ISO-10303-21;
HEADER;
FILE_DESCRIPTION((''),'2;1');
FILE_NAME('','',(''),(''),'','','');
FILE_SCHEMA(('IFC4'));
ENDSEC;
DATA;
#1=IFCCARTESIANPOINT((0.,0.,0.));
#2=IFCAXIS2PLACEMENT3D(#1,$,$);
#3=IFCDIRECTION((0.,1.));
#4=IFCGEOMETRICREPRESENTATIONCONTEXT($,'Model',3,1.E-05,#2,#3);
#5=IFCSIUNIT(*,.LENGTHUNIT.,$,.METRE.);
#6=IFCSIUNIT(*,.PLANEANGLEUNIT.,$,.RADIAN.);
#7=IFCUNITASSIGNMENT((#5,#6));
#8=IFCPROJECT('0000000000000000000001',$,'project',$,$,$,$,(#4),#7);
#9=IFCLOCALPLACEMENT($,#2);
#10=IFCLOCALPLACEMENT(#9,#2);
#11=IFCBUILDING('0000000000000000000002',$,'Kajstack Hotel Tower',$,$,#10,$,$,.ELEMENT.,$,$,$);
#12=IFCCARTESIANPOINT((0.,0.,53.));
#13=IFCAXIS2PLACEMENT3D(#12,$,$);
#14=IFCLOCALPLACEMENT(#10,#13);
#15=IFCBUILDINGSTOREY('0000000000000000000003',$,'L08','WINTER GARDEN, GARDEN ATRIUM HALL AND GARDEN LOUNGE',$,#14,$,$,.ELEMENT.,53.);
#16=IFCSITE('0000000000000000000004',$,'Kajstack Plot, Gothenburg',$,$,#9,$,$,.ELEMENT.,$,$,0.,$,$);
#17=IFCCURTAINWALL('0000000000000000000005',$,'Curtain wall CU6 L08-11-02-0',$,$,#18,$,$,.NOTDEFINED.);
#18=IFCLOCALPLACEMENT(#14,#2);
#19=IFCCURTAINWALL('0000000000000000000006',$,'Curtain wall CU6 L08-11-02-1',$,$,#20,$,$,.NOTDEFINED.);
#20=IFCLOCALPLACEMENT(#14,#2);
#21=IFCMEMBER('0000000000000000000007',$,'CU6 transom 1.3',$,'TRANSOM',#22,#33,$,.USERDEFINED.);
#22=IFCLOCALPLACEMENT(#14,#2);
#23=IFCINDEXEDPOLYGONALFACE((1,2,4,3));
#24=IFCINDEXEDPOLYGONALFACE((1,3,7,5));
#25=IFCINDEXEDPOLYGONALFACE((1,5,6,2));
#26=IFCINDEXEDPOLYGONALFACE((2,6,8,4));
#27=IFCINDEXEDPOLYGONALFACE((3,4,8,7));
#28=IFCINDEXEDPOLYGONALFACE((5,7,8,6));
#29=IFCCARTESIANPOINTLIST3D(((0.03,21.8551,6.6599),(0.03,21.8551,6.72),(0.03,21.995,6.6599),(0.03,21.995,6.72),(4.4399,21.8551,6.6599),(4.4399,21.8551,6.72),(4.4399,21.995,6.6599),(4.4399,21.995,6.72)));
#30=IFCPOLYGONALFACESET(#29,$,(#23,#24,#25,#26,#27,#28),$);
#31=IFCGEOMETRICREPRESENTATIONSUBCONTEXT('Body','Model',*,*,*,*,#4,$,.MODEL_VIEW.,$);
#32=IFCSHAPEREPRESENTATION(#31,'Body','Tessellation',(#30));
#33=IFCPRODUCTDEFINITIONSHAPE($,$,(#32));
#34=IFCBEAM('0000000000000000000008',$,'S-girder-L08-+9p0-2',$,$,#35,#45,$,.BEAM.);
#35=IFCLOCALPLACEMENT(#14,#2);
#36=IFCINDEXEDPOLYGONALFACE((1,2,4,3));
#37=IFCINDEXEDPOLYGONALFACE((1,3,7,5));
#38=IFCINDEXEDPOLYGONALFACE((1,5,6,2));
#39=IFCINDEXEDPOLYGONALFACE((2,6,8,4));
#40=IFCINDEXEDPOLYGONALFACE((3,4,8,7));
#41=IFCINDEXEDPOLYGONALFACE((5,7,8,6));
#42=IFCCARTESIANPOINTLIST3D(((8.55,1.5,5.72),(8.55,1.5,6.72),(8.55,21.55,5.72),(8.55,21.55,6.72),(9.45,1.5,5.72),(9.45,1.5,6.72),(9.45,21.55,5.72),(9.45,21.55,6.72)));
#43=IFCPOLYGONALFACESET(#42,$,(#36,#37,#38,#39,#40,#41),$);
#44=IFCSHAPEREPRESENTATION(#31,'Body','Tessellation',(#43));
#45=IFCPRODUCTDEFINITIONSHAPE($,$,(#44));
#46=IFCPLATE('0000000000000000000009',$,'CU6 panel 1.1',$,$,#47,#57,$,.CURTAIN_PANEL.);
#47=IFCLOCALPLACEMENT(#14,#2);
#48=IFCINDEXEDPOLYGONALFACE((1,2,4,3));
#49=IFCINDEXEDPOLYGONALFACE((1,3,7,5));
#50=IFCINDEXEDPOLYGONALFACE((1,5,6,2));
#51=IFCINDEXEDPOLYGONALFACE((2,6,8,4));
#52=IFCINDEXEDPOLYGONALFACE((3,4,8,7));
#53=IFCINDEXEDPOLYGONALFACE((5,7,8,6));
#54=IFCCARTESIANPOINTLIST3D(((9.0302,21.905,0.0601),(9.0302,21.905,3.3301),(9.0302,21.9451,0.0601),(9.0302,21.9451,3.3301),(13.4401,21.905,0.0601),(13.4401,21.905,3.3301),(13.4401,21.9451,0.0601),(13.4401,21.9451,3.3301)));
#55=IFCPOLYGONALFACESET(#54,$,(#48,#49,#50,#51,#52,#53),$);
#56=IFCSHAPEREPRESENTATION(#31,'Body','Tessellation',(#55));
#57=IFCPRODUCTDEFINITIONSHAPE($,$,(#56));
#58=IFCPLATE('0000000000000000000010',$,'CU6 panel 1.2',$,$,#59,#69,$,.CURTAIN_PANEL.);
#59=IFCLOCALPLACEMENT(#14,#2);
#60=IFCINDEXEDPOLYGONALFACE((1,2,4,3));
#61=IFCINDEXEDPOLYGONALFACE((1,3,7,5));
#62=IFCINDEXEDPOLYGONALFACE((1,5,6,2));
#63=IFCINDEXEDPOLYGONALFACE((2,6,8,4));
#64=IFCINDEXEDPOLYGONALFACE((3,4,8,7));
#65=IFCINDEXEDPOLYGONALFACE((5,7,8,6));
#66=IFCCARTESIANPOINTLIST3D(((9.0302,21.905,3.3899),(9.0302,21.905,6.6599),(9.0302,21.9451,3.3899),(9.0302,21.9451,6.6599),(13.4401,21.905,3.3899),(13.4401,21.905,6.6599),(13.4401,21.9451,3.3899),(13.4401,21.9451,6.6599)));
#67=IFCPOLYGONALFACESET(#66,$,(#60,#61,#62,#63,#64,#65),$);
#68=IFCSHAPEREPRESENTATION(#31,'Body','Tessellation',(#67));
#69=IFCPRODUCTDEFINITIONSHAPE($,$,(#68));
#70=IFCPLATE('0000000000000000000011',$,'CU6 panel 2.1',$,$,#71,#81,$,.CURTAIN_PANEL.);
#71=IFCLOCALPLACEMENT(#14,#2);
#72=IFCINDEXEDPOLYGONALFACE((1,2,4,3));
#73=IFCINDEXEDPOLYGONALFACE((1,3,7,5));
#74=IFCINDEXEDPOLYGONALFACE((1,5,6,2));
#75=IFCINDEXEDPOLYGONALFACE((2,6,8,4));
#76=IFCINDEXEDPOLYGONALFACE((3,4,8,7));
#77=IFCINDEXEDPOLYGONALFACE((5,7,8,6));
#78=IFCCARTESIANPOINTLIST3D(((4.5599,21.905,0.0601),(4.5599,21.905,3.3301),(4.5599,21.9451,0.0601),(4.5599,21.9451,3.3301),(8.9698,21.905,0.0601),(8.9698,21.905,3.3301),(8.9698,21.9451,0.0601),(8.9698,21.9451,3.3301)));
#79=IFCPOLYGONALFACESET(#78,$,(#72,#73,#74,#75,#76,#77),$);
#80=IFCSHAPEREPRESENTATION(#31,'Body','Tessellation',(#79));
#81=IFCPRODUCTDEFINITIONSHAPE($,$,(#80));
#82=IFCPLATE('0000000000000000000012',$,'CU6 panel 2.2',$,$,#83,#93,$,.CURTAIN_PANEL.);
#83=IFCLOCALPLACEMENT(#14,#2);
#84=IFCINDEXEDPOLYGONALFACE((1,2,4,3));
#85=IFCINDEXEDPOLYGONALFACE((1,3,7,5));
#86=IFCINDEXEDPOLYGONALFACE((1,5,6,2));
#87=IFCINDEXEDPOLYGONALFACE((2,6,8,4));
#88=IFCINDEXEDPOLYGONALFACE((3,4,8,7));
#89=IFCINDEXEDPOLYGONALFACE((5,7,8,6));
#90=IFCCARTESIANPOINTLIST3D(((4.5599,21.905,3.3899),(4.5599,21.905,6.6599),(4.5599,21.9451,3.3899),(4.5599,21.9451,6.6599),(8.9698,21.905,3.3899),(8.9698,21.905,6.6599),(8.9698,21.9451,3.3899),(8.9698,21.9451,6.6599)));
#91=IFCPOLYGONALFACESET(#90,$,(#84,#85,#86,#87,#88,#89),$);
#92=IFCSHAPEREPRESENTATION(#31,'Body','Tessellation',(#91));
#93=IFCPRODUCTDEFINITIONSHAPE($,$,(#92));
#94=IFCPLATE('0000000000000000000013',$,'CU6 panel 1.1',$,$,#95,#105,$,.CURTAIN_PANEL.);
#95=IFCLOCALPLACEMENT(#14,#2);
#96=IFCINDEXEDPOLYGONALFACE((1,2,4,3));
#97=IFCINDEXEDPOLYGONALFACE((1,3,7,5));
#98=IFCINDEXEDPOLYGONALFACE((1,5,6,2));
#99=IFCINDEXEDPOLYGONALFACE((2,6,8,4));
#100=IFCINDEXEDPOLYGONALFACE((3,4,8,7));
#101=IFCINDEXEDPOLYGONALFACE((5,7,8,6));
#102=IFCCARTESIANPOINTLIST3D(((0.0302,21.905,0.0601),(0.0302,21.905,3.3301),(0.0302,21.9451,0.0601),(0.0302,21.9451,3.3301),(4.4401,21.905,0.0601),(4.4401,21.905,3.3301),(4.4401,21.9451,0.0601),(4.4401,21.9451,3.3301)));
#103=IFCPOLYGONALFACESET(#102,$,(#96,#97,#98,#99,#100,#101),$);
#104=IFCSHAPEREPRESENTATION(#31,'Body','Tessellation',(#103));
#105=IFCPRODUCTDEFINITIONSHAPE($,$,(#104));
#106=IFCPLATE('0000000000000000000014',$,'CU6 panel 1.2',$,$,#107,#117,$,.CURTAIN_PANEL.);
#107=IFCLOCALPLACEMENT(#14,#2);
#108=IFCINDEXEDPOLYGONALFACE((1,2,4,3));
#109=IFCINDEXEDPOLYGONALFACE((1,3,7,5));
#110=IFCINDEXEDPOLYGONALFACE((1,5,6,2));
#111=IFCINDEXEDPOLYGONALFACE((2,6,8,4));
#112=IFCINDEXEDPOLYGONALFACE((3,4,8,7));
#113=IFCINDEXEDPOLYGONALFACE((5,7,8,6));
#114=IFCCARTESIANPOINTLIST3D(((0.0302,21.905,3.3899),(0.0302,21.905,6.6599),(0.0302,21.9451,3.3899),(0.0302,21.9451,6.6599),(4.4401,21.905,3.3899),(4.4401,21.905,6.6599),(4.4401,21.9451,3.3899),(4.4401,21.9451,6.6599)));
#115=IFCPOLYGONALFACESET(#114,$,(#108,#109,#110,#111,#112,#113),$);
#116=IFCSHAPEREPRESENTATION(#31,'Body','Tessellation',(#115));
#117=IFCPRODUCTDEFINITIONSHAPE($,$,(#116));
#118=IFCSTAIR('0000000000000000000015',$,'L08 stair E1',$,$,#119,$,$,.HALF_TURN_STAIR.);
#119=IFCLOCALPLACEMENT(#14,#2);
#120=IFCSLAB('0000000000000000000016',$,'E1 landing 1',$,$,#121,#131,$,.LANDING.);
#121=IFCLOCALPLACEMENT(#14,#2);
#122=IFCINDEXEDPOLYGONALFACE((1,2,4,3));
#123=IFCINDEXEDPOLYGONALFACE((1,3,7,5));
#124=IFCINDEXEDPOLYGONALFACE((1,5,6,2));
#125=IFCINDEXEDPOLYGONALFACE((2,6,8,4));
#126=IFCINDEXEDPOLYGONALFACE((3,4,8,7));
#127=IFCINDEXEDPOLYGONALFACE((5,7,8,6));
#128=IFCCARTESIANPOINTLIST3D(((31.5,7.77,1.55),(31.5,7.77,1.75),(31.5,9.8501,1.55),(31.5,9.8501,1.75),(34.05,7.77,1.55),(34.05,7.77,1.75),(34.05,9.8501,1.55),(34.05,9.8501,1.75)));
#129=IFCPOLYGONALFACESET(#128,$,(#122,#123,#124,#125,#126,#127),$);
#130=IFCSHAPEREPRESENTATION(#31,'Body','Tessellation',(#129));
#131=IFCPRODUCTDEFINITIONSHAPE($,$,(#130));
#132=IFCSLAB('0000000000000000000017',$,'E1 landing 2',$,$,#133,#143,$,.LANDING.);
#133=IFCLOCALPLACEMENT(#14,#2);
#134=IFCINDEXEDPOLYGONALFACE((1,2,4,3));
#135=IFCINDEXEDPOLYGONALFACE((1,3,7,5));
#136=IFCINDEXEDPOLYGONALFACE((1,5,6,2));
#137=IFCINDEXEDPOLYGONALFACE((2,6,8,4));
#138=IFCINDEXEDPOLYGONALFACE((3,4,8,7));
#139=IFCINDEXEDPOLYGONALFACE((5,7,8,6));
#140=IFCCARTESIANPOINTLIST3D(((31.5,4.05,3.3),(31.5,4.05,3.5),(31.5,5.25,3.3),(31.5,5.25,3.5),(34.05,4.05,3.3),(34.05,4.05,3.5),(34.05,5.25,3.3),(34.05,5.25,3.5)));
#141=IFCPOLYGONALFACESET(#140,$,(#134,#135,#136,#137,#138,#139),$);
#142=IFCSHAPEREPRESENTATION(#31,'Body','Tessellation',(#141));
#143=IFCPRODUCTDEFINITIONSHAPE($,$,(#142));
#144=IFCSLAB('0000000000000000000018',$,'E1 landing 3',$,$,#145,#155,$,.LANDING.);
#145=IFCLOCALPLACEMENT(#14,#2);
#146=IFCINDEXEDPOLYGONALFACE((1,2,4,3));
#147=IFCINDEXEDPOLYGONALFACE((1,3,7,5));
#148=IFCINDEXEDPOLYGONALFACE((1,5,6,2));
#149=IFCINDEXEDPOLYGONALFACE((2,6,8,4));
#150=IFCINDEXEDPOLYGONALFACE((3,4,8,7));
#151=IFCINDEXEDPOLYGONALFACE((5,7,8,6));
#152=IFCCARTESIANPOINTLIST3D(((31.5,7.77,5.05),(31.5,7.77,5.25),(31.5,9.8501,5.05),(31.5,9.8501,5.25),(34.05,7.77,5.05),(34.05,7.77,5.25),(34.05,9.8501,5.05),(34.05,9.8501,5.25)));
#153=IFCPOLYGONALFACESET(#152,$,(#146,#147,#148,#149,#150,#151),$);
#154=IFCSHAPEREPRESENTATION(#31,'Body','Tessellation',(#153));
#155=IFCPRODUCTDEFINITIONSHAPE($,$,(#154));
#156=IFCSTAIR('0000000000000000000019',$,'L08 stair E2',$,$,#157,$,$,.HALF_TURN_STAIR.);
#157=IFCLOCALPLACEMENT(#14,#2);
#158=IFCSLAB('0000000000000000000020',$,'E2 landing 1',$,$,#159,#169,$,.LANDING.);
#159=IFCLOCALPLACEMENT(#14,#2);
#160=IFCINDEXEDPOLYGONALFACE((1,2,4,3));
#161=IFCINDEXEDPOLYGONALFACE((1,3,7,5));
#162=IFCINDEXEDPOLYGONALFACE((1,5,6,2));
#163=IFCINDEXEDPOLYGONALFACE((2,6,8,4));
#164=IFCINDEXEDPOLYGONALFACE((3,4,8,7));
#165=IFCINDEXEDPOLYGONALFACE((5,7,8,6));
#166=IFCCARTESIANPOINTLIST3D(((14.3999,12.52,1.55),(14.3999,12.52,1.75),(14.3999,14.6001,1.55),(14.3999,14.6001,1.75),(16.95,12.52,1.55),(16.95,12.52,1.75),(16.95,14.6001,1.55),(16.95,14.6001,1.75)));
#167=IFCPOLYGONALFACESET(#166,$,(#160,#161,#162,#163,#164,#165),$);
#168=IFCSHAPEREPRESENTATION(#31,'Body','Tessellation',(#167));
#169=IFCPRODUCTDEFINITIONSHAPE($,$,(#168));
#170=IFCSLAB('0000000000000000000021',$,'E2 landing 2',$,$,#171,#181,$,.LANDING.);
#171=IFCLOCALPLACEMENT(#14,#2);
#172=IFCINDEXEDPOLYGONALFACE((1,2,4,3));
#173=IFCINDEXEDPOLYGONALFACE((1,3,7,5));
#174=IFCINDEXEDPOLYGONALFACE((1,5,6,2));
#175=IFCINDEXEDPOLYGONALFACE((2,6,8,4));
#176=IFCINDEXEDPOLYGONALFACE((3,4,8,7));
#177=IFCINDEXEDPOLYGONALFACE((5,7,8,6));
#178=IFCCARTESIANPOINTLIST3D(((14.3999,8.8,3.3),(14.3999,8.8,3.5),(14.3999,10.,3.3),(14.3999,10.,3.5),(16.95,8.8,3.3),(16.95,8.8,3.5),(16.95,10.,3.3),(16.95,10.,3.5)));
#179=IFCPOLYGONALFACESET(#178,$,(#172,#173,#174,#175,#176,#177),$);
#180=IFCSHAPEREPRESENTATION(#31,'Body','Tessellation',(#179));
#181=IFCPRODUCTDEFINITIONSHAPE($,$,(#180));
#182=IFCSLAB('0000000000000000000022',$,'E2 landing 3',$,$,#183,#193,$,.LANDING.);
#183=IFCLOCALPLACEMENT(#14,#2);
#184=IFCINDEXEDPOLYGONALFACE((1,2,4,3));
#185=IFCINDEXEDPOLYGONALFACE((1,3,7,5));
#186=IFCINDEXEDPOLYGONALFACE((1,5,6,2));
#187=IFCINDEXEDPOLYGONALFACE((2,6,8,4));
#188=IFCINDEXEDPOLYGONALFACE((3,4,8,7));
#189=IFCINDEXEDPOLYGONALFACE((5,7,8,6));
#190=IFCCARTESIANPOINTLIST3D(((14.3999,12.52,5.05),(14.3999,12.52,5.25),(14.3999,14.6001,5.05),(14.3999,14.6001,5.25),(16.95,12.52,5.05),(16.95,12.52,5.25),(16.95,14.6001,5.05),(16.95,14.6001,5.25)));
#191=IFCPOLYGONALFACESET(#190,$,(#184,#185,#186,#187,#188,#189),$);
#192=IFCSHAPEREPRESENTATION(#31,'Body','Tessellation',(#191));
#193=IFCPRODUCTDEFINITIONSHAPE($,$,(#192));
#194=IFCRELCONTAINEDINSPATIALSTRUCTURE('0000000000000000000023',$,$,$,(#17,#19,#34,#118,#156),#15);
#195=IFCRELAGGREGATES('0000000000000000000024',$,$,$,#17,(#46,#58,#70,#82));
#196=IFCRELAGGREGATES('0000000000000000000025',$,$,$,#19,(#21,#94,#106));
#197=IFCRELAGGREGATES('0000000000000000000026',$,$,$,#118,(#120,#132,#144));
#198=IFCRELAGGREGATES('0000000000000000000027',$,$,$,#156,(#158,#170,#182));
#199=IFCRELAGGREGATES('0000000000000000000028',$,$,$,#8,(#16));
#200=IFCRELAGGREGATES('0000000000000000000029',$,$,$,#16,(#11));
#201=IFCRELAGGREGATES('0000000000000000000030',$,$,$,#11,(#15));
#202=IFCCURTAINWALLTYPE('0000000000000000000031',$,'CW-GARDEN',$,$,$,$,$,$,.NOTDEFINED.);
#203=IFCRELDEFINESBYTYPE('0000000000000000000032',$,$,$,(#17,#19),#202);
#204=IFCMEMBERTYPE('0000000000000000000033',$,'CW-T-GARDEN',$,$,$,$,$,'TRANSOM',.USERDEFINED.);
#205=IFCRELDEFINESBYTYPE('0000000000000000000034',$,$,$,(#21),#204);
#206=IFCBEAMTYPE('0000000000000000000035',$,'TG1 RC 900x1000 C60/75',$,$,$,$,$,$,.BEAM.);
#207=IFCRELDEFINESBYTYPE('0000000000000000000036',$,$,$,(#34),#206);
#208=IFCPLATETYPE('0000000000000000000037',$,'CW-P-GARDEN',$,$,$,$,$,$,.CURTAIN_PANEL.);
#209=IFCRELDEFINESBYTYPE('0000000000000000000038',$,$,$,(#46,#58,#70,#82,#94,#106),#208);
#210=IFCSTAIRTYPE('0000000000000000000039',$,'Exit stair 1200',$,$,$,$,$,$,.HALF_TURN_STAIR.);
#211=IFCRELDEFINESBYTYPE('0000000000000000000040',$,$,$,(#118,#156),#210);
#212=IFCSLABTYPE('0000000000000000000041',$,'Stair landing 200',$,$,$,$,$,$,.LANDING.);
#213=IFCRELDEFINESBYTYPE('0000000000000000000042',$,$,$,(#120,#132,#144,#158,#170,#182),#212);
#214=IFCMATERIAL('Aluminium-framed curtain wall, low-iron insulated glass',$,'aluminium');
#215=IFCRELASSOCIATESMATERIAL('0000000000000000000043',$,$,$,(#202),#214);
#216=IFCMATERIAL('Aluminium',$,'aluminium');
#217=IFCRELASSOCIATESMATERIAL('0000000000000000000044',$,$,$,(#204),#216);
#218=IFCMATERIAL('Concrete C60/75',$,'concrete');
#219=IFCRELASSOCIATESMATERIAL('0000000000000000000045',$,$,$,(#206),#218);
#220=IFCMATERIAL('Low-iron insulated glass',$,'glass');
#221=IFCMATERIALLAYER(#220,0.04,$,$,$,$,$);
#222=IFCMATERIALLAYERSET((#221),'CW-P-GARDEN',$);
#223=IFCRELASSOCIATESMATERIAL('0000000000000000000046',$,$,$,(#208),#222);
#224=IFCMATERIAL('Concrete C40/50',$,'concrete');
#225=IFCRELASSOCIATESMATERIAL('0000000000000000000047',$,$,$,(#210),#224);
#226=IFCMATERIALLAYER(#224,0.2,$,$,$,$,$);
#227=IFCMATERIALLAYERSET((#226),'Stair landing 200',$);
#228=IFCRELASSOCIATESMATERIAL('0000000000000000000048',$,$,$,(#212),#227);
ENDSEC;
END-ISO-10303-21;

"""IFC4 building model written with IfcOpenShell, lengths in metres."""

from ifc_helpers import new_model, si_unit, direction, frame, origin, origin_2d, place, context, subcontext, project, spatial, polyline, rectangle, outline, extrude, material, layer, layer_set, material_profile, profile_set, type_object, element, aggregate, save


model = new_model("IFC4")

# Units and contexts
model_context = context("Model", 3, precision=1e-05, world=origin(), true_north=direction((0.0, 1.0)))
body_context = subcontext(model_context, "Body", "Model", "MODEL_VIEW")
ifc_project = project(units=[si_unit("LENGTHUNIT", "METRE"), si_unit("PLANEANGLEUNIT", "RADIAN")], contexts=[model_context])

# Site, building, storey
site_placement = place(None, origin())
site = spatial("IfcSite", under=ifc_project, at=site_placement, Name="Kajstack Plot, Gothenburg", CompositionType="ELEMENT", RefElevation=0.0)
building_placement = place(site_placement, origin())
building = spatial("IfcBuilding", under=site, at=building_placement, Name="Kajstack Hotel Tower", CompositionType="ELEMENT")
storey_placement = place(building_placement, frame((0.0, 0.0, 53.0)))
storey = spatial("IfcBuildingStorey", under=building, at=storey_placement, Name="L08", Description="WINTER GARDEN, GARDEN ATRIUM HALL AND GARDEN LOUNGE", CompositionType="ELEMENT", Elevation=53.0)

# Shared definitions
ifc_material_1 = material(Name="Concrete C60/75", Category="concrete")

# Curtain wall
ifc_material_2 = material(Name="Aluminium-framed curtain wall, low-iron insulated glass", Category="aluminium")
curtain_wall_type = type_object("IfcCurtainWallType", Name="CW-GARDEN", PredefinedType="NOTDEFINED", material=ifc_material_2)
curtain_wall_1_placement = place(storey_placement, origin())
curtain_wall_1 = element("IfcCurtainWall", 1, at=curtain_wall_1_placement, inside=storey, type_object=curtain_wall_type, Name="Curtain wall CU6 L08-11-02-0", PredefinedType="NOTDEFINED")
ifc_material_3 = material(Name="Aluminium", Category="aluminium")

# Curtain wall
curtain_wall_2_placement = place(storey_placement, origin())
curtain_wall_2 = element("IfcCurtainWall", 2, at=curtain_wall_2_placement, inside=storey, type_object=curtain_wall_type, Name="Curtain wall CU6 L08-11-02-1", PredefinedType="NOTDEFINED")

# Member
ifc_material_profile_1 = material_profile(ifc_material_3, rectangle(XDim=0.1399, YDim=0.0601, at=origin_2d()), Name="Aluminium transom 140 x 60")
ifc_profile_set_1 = profile_set([ifc_material_profile_1], Name="Aluminium")
member_type_1 = type_object("IfcMemberType", Name="CW-T-GARDEN", ElementType="TRANSOM", PredefinedType="USERDEFINED", material=ifc_profile_set_1)
member_1_placement = place(storey_placement, frame((4.4399, 21.925, 6.6899), z_axis=(-1.0, 0.0, 0.0), x_axis=(0.0, -1.0, 0.0)))
member_1 = element("IfcMember", 3, at=member_1_placement, type_object=member_type_1, Name="CU6 transom 1.3", ObjectType="TRANSOM", PredefinedType="USERDEFINED", context=body_context, shape_type="SweptSolid", body=[
    extrude(rectangle(XDim=0.1399, YDim=0.0601, at=origin_2d()), origin(), (0.0, 0.0, 1.0), 4.4099),
])

# Beam
ifc_material_profile_2 = material_profile(ifc_material_1, rectangle(XDim=0.8999, YDim=1.0, at=origin_2d()), Name="RC 900x1000")
ifc_profile_set_2 = profile_set([ifc_material_profile_2], Name="Concrete C60/75")
beam_type = type_object("IfcBeamType", Name="TG1 RC 900x1000 C60/75", PredefinedType="BEAM", material=ifc_profile_set_2)
beam_placement = place(storey_placement, frame((9.0, 1.5, 6.22), z_axis=(0.0, 1.0, 0.0), x_axis=(-1.0, 0.0, 0.0)))
element("IfcBeam", 4, at=beam_placement, inside=storey, type_object=beam_type, Name="S-girder-L08-+9p0-2", PredefinedType="BEAM", context=body_context, shape_type="SweptSolid", body=[
    extrude(rectangle(XDim=0.8999, YDim=1.0, at=origin_2d()), origin(), (0.0, 0.0, 1.0), 20.05),
])

# Plates
ifc_material_4 = material(Name="Low-iron insulated glass", Category="glass")
ifc_layer_1 = layer(ifc_material_4, 0.04)
ifc_layer_set_1 = layer_set([ifc_layer_1], Name="CW-P-GARDEN")
plate_type = type_object("IfcPlateType", Name="CW-P-GARDEN", PredefinedType="CURTAIN_PANEL", material=ifc_layer_set_1)
plate_1_placement = place(storey_placement, frame((11.2351, 21.925, 0.0601), z_axis=(0.0, 0.0, 1.0), x_axis=(-1.0, 0.0, 0.0)))
plate_1 = element("IfcPlate", 5, at=plate_1_placement, type_object=plate_type, Name="CU6 panel 1.1", PredefinedType="CURTAIN_PANEL", context=body_context, shape_type="SweptSolid", body=[
    extrude(rectangle(XDim=4.4099, YDim=0.04, at=origin_2d()), origin(), (0.0, 0.0, 1.0), 3.27),
])
plate_2_placement = place(storey_placement, frame((11.2351, 21.925, 3.3899), z_axis=(0.0, 0.0, 1.0), x_axis=(-1.0, 0.0, 0.0)))
plate_2 = element("IfcPlate", 6, at=plate_2_placement, type_object=plate_type, Name="CU6 panel 1.2", PredefinedType="CURTAIN_PANEL", context=body_context, shape_type="SweptSolid", body=[
    extrude(rectangle(XDim=4.4099, YDim=0.04, at=origin_2d()), origin(), (0.0, 0.0, 1.0), 3.27),
])
plate_3_placement = place(storey_placement, frame((6.7649, 21.925, 0.0601), z_axis=(0.0, 0.0, 1.0), x_axis=(-1.0, 0.0, 0.0)))
plate_3 = element("IfcPlate", 7, at=plate_3_placement, type_object=plate_type, Name="CU6 panel 2.1", PredefinedType="CURTAIN_PANEL", context=body_context, shape_type="SweptSolid", body=[
    extrude(rectangle(XDim=4.4099, YDim=0.04, at=origin_2d()), origin(), (0.0, 0.0, 1.0), 3.27),
])
plate_4_placement = place(storey_placement, frame((6.7649, 21.925, 3.3899), z_axis=(0.0, 0.0, 1.0), x_axis=(-1.0, 0.0, 0.0)))
plate_4 = element("IfcPlate", 8, at=plate_4_placement, type_object=plate_type, Name="CU6 panel 2.2", PredefinedType="CURTAIN_PANEL", context=body_context, shape_type="SweptSolid", body=[
    extrude(rectangle(XDim=4.4099, YDim=0.04, at=origin_2d()), origin(), (0.0, 0.0, 1.0), 3.27),
])
aggregate(curtain_wall_1, [plate_1, plate_2, plate_3, plate_4])
plate_5_placement = place(storey_placement, frame((2.2351, 21.925, 0.0601), z_axis=(0.0, 0.0, 1.0), x_axis=(-1.0, 0.0, 0.0)))
plate_5 = element("IfcPlate", 9, at=plate_5_placement, type_object=plate_type, Name="CU6 panel 1.1", PredefinedType="CURTAIN_PANEL", context=body_context, shape_type="SweptSolid", body=[
    extrude(rectangle(XDim=4.4099, YDim=0.04, at=origin_2d()), origin(), (0.0, 0.0, 1.0), 3.27),
])
plate_6_placement = place(storey_placement, frame((2.2351, 21.925, 3.3899), z_axis=(0.0, 0.0, 1.0), x_axis=(-1.0, 0.0, 0.0)))
plate_6 = element("IfcPlate", 10, at=plate_6_placement, type_object=plate_type, Name="CU6 panel 1.2", PredefinedType="CURTAIN_PANEL", context=body_context, shape_type="SweptSolid", body=[
    extrude(rectangle(XDim=4.4099, YDim=0.04, at=origin_2d()), origin(), (0.0, 0.0, 1.0), 3.27),
])
aggregate(curtain_wall_2, [member_1, plate_5, plate_6])

# Stairs, slabs
ifc_material_5 = material(Name="Concrete C40/50", Category="concrete")
stair_type_1 = type_object("IfcStairType", Name="Exit stair 1200", PredefinedType="HALF_TURN_STAIR", material=ifc_material_5)
stair_1_placement = place(storey_placement, origin())
stair_1 = element("IfcStair", 11, at=stair_1_placement, inside=storey, type_object=stair_type_1, Name="L08 stair E1", PredefinedType="HALF_TURN_STAIR")
ifc_layer_2 = layer(ifc_material_5, 0.2)
ifc_layer_set_2 = layer_set([ifc_layer_2], Name="Stair landing 200")
slab_type = type_object("IfcSlabType", Name="Stair landing 200", PredefinedType="LANDING", material=ifc_layer_set_2)
slab_1_placement = place(storey_placement, frame((0.0, 0.0, 1.55)))
slab_1 = element("IfcSlab", 12, at=slab_1_placement, type_object=slab_type, Name="E1 landing 1", PredefinedType="LANDING", context=body_context, shape_type="SweptSolid", body=[
    extrude(outline(polyline([(34.05, 7.77), (34.05, 9.8501), (31.5, 9.8501), (31.5, 7.77), (34.05, 7.77)])), origin(), (0.0, 0.0, 1.0), 0.2),
])
slab_2_placement = place(storey_placement, frame((0.0, 0.0, 3.3)))
slab_2 = element("IfcSlab", 13, at=slab_2_placement, type_object=slab_type, Name="E1 landing 2", PredefinedType="LANDING", context=body_context, shape_type="SweptSolid", body=[
    extrude(outline(polyline([(34.05, 4.05), (34.05, 5.25), (31.5, 5.25), (31.5, 4.05), (34.05, 4.05)])), origin(), (0.0, 0.0, 1.0), 0.2),
])
slab_3_placement = place(storey_placement, frame((0.0, 0.0, 5.05)))
slab_3 = element("IfcSlab", 14, at=slab_3_placement, type_object=slab_type, Name="E1 landing 3", PredefinedType="LANDING", context=body_context, shape_type="SweptSolid", body=[
    extrude(outline(polyline([(34.05, 7.77), (34.05, 9.8501), (31.5, 9.8501), (31.5, 7.77), (34.05, 7.77)])), origin(), (0.0, 0.0, 1.0), 0.2),
])
aggregate(stair_1, [slab_1, slab_2, slab_3])
stair_2_placement = place(storey_placement, origin())
stair_2 = element("IfcStair", 15, at=stair_2_placement, inside=storey, type_object=stair_type_1, Name="L08 stair E2", PredefinedType="HALF_TURN_STAIR")
slab_4_placement = place(storey_placement, frame((0.0, 0.0, 1.55)))
slab_4 = element("IfcSlab", 16, at=slab_4_placement, type_object=slab_type, Name="E2 landing 1", PredefinedType="LANDING", context=body_context, shape_type="SweptSolid", body=[
    extrude(outline(polyline([(16.95, 12.52), (16.95, 14.6001), (14.3999, 14.6001), (14.3999, 12.52), (16.95, 12.52)])), origin(), (0.0, 0.0, 1.0), 0.2),
])
slab_5_placement = place(storey_placement, frame((0.0, 0.0, 3.3)))
slab_5 = element("IfcSlab", 17, at=slab_5_placement, type_object=slab_type, Name="E2 landing 2", PredefinedType="LANDING", context=body_context, shape_type="SweptSolid", body=[
    extrude(outline(polyline([(16.95, 8.8), (16.95, 10.0), (14.3999, 10.0), (14.3999, 8.8), (16.95, 8.8)])), origin(), (0.0, 0.0, 1.0), 0.2),
])
slab_6_placement = place(storey_placement, frame((0.0, 0.0, 5.05)))
slab_6 = element("IfcSlab", 18, at=slab_6_placement, type_object=slab_type, Name="E2 landing 3", PredefinedType="LANDING", context=body_context, shape_type="SweptSolid", body=[
    extrude(outline(polyline([(16.95, 12.52), (16.95, 14.6001), (14.3999, 14.6001), (14.3999, 12.52), (16.95, 12.52)])), origin(), (0.0, 0.0, 1.0), 0.2),
])
aggregate(stair_2, [slab_4, slab_5, slab_6])

save(model, "model.ifc")
